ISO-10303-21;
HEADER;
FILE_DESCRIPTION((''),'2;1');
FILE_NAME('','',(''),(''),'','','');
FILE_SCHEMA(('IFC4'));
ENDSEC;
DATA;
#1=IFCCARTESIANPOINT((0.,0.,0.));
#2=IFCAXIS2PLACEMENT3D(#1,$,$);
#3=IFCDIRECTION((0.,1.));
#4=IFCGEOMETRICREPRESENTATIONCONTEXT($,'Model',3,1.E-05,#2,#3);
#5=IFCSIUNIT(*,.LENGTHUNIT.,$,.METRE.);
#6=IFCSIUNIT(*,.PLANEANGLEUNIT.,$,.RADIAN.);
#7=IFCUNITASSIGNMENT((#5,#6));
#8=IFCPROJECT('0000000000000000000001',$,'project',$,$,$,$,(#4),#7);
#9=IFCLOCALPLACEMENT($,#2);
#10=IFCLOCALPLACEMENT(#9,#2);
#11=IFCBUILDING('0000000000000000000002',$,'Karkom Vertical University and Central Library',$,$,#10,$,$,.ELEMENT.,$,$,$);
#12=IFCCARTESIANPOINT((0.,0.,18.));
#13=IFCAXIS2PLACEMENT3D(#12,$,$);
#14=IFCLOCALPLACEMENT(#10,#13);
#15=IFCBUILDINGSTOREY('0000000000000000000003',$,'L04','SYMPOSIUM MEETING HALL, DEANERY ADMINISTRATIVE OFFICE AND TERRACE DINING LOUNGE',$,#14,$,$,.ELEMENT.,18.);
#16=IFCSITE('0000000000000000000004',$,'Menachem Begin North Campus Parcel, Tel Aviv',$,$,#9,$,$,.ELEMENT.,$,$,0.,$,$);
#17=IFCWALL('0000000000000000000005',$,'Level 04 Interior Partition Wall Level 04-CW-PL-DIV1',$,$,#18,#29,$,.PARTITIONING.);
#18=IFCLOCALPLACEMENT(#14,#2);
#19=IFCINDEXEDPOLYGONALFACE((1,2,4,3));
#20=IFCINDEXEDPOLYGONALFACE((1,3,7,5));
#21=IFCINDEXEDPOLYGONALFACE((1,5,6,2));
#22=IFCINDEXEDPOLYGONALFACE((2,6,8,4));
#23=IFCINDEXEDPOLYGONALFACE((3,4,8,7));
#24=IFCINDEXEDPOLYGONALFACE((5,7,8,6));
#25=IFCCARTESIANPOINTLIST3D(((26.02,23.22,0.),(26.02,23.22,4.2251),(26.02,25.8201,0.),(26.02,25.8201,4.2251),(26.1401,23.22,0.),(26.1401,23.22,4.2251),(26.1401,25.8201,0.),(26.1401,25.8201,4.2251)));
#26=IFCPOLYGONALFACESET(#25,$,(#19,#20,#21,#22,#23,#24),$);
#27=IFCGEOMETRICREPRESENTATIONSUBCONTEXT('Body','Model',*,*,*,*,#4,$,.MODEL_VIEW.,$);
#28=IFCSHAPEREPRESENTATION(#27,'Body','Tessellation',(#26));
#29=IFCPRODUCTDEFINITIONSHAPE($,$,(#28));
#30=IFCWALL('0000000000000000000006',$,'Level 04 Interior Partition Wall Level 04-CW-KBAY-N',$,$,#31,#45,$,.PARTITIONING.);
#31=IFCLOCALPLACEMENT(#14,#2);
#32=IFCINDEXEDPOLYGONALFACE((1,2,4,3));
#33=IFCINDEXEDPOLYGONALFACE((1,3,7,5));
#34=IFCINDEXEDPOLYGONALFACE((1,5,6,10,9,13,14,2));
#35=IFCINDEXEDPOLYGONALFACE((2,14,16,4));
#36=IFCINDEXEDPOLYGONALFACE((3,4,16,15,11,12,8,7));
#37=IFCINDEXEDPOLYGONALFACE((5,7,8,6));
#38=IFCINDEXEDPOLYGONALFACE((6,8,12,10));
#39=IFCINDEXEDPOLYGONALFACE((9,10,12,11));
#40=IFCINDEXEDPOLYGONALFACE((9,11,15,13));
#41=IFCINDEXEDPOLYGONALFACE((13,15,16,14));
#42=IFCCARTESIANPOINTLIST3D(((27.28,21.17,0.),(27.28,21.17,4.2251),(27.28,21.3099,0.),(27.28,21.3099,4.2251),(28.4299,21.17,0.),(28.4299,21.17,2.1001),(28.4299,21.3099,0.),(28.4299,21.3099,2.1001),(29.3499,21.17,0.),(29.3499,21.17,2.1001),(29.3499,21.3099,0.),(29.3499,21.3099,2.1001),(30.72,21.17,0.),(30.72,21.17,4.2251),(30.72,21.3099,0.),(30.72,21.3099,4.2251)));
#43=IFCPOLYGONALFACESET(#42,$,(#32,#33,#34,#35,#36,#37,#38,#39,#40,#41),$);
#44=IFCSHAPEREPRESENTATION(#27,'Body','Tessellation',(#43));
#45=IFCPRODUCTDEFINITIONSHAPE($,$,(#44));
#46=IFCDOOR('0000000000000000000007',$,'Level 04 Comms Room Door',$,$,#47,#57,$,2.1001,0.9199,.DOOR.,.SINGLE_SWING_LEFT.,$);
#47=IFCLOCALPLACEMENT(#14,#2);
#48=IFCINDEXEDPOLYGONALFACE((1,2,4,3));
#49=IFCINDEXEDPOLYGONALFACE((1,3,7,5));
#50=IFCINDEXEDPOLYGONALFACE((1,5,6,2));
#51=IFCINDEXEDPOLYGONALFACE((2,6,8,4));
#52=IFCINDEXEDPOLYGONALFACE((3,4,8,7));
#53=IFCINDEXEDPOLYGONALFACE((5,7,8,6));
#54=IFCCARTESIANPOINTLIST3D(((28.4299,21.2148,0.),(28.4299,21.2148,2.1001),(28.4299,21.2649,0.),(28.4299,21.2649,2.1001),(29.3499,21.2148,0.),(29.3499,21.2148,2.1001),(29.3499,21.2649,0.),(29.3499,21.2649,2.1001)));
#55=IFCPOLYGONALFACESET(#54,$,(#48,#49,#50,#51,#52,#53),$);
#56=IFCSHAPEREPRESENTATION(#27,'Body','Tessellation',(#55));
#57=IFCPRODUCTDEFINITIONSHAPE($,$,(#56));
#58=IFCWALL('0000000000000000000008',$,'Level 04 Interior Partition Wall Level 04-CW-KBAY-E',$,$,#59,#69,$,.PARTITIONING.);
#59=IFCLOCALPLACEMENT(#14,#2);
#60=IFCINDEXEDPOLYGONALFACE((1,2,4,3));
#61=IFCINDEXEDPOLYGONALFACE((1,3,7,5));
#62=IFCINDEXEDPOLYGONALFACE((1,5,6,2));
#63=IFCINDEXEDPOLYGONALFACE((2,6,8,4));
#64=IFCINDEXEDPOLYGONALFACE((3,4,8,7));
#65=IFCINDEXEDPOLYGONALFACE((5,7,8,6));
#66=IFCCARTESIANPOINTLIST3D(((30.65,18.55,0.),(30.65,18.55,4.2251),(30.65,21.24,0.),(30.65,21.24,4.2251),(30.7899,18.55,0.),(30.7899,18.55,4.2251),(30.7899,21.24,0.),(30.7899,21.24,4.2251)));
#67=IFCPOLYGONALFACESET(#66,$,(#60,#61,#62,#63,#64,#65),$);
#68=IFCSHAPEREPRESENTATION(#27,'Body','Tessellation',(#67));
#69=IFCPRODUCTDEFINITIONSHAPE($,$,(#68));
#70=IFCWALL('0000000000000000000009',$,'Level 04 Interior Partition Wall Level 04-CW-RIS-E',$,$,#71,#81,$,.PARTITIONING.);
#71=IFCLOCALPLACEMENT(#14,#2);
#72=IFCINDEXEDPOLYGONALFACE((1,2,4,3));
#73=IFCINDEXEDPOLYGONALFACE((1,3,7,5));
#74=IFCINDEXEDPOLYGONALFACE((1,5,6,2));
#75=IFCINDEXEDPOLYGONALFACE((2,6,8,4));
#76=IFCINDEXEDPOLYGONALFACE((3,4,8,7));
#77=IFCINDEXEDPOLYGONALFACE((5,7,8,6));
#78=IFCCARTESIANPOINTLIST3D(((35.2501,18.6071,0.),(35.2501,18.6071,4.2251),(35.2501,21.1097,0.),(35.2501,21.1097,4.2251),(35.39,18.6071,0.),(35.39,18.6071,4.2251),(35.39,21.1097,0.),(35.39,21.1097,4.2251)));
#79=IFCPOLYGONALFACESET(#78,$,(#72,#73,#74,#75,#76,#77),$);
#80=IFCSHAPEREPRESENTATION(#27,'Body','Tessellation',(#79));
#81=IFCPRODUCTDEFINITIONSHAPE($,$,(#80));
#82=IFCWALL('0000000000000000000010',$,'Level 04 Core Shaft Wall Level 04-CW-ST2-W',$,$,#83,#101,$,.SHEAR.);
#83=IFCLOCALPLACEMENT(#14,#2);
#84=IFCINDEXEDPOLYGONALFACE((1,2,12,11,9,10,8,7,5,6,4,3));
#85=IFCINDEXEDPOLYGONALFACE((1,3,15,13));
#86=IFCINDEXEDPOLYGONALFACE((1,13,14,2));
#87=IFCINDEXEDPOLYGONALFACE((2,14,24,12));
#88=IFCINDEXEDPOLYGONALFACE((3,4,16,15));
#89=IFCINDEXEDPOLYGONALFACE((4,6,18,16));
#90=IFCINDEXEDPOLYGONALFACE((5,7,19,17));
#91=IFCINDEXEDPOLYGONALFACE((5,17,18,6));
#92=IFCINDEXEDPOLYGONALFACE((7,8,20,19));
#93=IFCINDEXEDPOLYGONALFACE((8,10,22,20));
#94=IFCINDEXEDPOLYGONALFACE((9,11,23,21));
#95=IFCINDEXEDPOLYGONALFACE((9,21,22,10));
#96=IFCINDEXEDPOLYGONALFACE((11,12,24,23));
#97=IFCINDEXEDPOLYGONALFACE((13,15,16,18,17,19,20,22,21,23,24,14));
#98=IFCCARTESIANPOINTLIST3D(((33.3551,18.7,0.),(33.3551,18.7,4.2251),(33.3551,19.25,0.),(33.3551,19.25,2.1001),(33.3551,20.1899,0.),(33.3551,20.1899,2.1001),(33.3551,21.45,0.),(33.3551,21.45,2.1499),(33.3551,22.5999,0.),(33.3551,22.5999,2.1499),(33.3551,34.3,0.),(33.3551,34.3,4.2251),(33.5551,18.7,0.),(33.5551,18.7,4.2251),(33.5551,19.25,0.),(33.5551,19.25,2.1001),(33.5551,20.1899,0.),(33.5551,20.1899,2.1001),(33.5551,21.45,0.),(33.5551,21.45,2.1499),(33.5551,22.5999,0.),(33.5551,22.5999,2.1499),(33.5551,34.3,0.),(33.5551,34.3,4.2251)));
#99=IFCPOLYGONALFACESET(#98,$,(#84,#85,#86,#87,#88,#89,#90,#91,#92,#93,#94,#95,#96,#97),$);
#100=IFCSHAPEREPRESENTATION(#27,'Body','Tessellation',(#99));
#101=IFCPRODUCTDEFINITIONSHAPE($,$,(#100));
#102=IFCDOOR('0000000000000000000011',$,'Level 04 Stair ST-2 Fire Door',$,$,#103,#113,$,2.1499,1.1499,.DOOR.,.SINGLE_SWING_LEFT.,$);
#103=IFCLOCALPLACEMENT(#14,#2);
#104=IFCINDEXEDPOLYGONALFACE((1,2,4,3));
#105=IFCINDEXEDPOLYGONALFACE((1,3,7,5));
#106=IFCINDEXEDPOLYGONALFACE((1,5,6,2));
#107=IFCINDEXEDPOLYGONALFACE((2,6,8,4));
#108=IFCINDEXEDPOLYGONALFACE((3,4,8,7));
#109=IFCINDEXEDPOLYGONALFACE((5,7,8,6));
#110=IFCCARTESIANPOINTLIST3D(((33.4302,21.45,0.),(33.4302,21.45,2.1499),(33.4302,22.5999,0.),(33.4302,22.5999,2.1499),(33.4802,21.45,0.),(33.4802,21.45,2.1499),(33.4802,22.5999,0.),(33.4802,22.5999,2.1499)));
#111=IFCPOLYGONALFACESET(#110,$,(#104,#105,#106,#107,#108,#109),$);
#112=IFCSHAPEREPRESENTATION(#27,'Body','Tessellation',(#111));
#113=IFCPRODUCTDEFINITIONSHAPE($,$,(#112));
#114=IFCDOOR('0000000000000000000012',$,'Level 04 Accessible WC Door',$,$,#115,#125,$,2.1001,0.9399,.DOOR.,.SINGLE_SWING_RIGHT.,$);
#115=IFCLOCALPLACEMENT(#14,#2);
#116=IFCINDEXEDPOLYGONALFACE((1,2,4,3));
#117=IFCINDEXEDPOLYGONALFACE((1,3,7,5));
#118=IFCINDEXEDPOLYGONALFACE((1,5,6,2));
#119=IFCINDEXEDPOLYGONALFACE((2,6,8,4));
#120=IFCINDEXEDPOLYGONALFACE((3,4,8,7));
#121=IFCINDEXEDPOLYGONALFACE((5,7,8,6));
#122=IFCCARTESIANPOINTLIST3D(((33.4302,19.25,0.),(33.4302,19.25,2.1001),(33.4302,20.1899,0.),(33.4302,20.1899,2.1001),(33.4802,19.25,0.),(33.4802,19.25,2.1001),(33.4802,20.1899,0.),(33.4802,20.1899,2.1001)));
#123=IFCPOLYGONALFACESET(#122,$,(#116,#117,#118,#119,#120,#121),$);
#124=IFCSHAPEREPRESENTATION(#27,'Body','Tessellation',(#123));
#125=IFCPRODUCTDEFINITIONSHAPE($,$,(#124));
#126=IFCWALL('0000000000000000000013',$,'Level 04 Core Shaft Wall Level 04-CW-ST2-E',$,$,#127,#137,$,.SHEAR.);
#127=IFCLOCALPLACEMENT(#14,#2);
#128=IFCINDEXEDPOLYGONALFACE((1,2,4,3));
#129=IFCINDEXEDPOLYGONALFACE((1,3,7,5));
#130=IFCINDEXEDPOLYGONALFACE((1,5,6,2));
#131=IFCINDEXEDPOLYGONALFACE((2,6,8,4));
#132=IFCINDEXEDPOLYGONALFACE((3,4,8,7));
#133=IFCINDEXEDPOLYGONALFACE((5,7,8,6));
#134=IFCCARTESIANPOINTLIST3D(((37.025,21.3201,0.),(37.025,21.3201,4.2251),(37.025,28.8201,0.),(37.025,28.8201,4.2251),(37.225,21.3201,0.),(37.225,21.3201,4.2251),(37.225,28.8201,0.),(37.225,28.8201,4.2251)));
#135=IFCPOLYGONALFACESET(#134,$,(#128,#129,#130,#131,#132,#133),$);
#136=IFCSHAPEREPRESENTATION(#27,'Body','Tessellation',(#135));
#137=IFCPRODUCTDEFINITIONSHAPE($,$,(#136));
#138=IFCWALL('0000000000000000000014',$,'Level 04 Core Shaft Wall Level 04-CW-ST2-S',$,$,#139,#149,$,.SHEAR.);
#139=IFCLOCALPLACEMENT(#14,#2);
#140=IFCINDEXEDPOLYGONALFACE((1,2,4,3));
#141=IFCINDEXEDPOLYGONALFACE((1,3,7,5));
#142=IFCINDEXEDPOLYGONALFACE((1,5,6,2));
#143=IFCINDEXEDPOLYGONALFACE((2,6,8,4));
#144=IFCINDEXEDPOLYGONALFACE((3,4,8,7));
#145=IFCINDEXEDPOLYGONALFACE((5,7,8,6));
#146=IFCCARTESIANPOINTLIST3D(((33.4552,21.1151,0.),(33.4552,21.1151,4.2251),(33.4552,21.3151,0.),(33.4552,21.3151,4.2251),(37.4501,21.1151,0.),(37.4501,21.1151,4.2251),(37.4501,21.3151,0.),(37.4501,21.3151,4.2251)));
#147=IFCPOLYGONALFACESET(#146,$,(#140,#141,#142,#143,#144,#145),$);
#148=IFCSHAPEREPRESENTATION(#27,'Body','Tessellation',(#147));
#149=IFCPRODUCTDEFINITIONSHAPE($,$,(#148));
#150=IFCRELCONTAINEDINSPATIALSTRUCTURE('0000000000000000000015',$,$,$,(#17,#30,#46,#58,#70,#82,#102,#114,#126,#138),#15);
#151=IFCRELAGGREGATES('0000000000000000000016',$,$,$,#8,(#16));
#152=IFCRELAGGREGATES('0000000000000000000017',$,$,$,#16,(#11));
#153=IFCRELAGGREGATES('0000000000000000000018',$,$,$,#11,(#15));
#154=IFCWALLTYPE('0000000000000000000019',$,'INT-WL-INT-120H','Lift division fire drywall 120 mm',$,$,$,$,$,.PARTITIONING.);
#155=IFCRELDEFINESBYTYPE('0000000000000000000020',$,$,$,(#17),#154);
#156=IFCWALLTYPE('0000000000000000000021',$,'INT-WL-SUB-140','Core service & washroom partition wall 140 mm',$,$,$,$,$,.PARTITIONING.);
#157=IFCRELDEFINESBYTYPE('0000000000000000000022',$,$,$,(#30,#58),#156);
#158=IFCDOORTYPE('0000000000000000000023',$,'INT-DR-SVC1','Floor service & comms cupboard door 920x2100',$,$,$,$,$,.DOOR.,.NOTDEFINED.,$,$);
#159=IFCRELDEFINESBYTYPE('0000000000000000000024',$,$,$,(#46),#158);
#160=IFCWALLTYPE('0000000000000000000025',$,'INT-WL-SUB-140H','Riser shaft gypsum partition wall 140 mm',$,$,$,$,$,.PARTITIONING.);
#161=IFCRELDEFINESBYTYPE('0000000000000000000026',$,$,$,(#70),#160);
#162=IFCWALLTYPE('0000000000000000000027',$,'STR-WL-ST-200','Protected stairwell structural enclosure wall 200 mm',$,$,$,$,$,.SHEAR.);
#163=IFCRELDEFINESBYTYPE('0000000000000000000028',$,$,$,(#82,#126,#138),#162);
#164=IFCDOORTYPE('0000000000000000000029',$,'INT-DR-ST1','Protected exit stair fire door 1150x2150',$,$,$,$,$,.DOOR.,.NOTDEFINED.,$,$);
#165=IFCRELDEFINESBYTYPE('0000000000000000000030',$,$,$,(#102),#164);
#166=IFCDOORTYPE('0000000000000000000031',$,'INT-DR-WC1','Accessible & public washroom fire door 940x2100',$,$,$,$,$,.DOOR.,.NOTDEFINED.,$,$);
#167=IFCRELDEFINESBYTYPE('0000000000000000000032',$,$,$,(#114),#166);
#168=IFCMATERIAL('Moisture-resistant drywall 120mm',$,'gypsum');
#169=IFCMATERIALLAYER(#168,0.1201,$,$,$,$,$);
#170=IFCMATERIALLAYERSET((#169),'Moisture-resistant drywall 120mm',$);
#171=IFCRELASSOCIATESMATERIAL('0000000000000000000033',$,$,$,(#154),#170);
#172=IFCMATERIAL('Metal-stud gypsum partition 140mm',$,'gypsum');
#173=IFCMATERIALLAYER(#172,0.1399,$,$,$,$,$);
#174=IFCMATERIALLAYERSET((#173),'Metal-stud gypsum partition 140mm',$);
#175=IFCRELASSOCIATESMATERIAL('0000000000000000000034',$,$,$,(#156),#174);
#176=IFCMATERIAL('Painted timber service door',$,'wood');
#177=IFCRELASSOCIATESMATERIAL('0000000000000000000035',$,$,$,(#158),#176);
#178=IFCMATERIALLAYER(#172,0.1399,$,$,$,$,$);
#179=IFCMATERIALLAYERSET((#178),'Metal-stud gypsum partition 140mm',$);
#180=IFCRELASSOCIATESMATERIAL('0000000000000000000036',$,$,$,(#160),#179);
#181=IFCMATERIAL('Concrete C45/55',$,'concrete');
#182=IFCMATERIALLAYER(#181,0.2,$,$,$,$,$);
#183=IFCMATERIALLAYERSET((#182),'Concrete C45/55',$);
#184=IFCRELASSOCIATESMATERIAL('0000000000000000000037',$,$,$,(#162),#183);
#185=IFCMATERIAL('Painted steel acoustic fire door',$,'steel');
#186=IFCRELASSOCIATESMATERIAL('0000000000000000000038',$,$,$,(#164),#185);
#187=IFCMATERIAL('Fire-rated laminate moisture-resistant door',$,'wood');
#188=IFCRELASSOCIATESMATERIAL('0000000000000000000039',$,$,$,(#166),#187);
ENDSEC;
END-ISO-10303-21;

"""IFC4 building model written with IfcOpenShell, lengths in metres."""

from ifc_helpers import new_model, si_unit, direction, frame, frame_2d, origin, origin_with_axes, place, context, subcontext, project, spatial, rectangle, extrude, source, transform, mapped, material, layer, layer_set, type_object, element, fill, save


model = new_model("IFC4")

# Units and contexts
model_context = context("Model", 3, precision=1e-05, world=origin(), true_north=direction((0.0, 1.0)))
body_context = subcontext(model_context, "Body", "Model", "MODEL_VIEW")
ifc_project = project(units=[si_unit("LENGTHUNIT", "METRE"), si_unit("PLANEANGLEUNIT", "RADIAN")], contexts=[model_context])

# Site, building, storey
site_placement = place(None, origin())
site = spatial("IfcSite", under=ifc_project, at=site_placement, Name="Menachem Begin North Campus Parcel, Tel Aviv", CompositionType="ELEMENT", RefElevation=0.0)
building_placement = place(site_placement, origin())
building = spatial("IfcBuilding", under=site, at=building_placement, Name="Karkom Vertical University and Central Library", CompositionType="ELEMENT")
storey_placement = place(building_placement, frame((0.0, 0.0, 18.0)))
storey = spatial("IfcBuildingStorey", under=building, at=storey_placement, Name="L04", Description="SYMPOSIUM MEETING HALL, DEANERY ADMINISTRATIVE OFFICE AND TERRACE DINING LOUNGE", CompositionType="ELEMENT", Elevation=18.0)

# Wall
ifc_material_1 = material(Name="Moisture-resistant drywall 120mm", Category="gypsum")
ifc_layer_1 = layer(ifc_material_1, 0.1201)
ifc_layer_set_1 = layer_set([ifc_layer_1], Name="Moisture-resistant drywall 120mm")
wall_type_1 = type_object("IfcWallType", Name="INT-WL-INT-120H", Description="Lift division fire drywall 120 mm", PredefinedType="PARTITIONING", material=ifc_layer_set_1)
wall_1_placement = place(storey_placement, frame((26.0801, 23.22, 0.0), z_axis=(0.0, 0.0, 1.0), x_axis=(0.0, 1.0, 0.0)))
element("IfcWall", 1, at=wall_1_placement, inside=storey, type_object=wall_type_1, Name="Level 04 Interior Partition Wall Level 04-CW-PL-DIV1", PredefinedType="PARTITIONING", context=body_context, shape_type="SweptSolid", body=[
    extrude(rectangle(XDim=2.6001, YDim=0.1201, at=frame_2d((1.3, 0.0))), origin(), (0.0, 0.0, 1.0), 4.2251),
])

# Wall, opening, door
ifc_material_2 = material(Name="Metal-stud gypsum partition 140mm", Category="gypsum")
ifc_layer_2 = layer(ifc_material_2, 0.1399)
ifc_layer_set_2 = layer_set([ifc_layer_2], Name="Metal-stud gypsum partition 140mm")
wall_type_2 = type_object("IfcWallType", Name="INT-WL-SUB-140", Description="Core service & washroom partition wall 140 mm", PredefinedType="PARTITIONING", material=ifc_layer_set_2)
wall_2_placement = place(storey_placement, frame((27.28, 21.24, 0.0), z_axis=(0.0, 0.0, 1.0), x_axis=(1.0, 0.0, 0.0)))
wall_2 = element("IfcWall", 2, at=wall_2_placement, inside=storey, type_object=wall_type_2, Name="Level 04 Interior Partition Wall Level 04-CW-KBAY-N", PredefinedType="PARTITIONING", context=body_context, shape_type="SweptSolid", body=[
    extrude(rectangle(XDim=3.4399, YDim=0.1399, at=frame_2d((1.72, 0.0))), origin(), (0.0, 0.0, 1.0), 4.2251),
])
opening_1_placement = place(wall_2_placement, frame((1.1499, 0.0, 0.0)))
opening_1 = element("IfcOpeningElement", 3, at=opening_1_placement, cuts=wall_2, PredefinedType="OPENING", context=body_context, shape_type="SweptSolid", body=[
    extrude(rectangle(XDim=0.9199, YDim=2.1001, at=frame_2d((0.46, 1.05))), frame((0.0, 0.0801, 0.0), z_axis=(0.0, -1.0, 0.0), x_axis=(1.0, 0.0, 0.0)), (0.0, 0.0, 1.0), 0.1599),
])
ifc_material_3 = material(Name="Painted timber service door", Category="wood")
door_type_1 = type_object("IfcDoorType", Name="INT-DR-SVC1", Description="Floor service & comms cupboard door 920x2100", OperationType="NOTDEFINED", PredefinedType="DOOR", material=ifc_material_3)
shared_shape_1 = source(origin_with_axes(), body_context, "Body", "SweptSolid", [
    extrude(rectangle(XDim=0.9199, YDim=2.1001, at=frame_2d((0.46, 1.05))), frame((0.0, 0.0249, 0.0), z_axis=(0.0, -1.0, 0.0), x_axis=(1.0, 0.0, 0.0)), (0.0, 0.0, 1.0), 0.05),
])
door_1_placement = place(opening_1_placement, origin())
door_1 = element("IfcDoor", 4, at=door_1_placement, inside=storey, type_object=door_type_1, Name="Level 04 Comms Room Door", OperationType="SINGLE_SWING_LEFT", OverallHeight=2.1001, OverallWidth=0.9199, PredefinedType="DOOR", context=body_context, shape_type="MappedRepresentation", body=[
    mapped(shared_shape_1, transform((0.0, 0.0, 0.0), scale=1.0)),
])
fill(opening_1, door_1)

# Walls
wall_3_placement = place(storey_placement, frame((30.72, 18.55, 0.0), z_axis=(0.0, 0.0, 1.0), x_axis=(0.0, 1.0, 0.0)))
element("IfcWall", 5, at=wall_3_placement, inside=storey, type_object=wall_type_2, Name="Level 04 Interior Partition Wall Level 04-CW-KBAY-E", PredefinedType="PARTITIONING", context=body_context, shape_type="SweptSolid", body=[
    extrude(rectangle(XDim=2.6899, YDim=0.1399, at=frame_2d((1.345, 0.0))), origin(), (0.0, 0.0, 1.0), 4.2251),
])
ifc_layer_3 = layer(ifc_material_2, 0.1399)
ifc_layer_set_3 = layer_set([ifc_layer_3], Name="Metal-stud gypsum partition 140mm")
wall_type_3 = type_object("IfcWallType", Name="INT-WL-SUB-140H", Description="Riser shaft gypsum partition wall 140 mm", PredefinedType="PARTITIONING", material=ifc_layer_set_3)
wall_4_placement = place(storey_placement, frame((35.3201, 18.6069, 0.0), z_axis=(0.0, 0.0, 1.0), x_axis=(0.0, 1.0, 0.0)))
element("IfcWall", 6, at=wall_4_placement, inside=storey, type_object=wall_type_3, Name="Level 04 Interior Partition Wall Level 04-CW-RIS-E", PredefinedType="PARTITIONING", context=body_context, shape_type="SweptSolid", body=[
    extrude(rectangle(XDim=2.5027, YDim=0.1399, at=frame_2d((1.2515, 0.0))), origin(), (0.0, 0.0, 1.0), 4.2251),
])

# Wall, openings, doors
ifc_material_4 = material(Name="Concrete C45/55", Category="concrete")
ifc_layer_4 = layer(ifc_material_4, 0.2)
ifc_layer_set_4 = layer_set([ifc_layer_4], Name="Concrete C45/55")
wall_type_4 = type_object("IfcWallType", Name="STR-WL-ST-200", Description="Protected stairwell structural enclosure wall 200 mm", PredefinedType="SHEAR", material=ifc_layer_set_4)
wall_5_placement = place(storey_placement, frame((33.4551, 18.7, 0.0), z_axis=(0.0, 0.0, 1.0), x_axis=(0.0, 1.0, 0.0)))
wall_5 = element("IfcWall", 7, at=wall_5_placement, inside=storey, type_object=wall_type_4, Name="Level 04 Core Shaft Wall Level 04-CW-ST2-W", PredefinedType="SHEAR", context=body_context, shape_type="SweptSolid", body=[
    extrude(rectangle(XDim=15.6001, YDim=0.2, at=frame_2d((7.8, 0.0))), origin(), (0.0, 0.0, 1.0), 4.2251),
])
opening_2_placement = place(wall_5_placement, frame((2.75, 0.0, 0.0)))
opening_2 = element("IfcOpeningElement", 8, at=opening_2_placement, cuts=wall_5, PredefinedType="OPENING", context=body_context, shape_type="SweptSolid", body=[
    extrude(rectangle(XDim=1.1499, YDim=2.1499, at=frame_2d((0.575, 1.075))), frame((0.0, 0.1099, 0.0), z_axis=(0.0, -1.0, 0.0), x_axis=(1.0, 0.0, 0.0)), (0.0, 0.0, 1.0), 0.22),
])
opening_3_placement = place(wall_5_placement, frame((0.55, 0.0, 0.0)))
opening_3 = element("IfcOpeningElement", 9, at=opening_3_placement, cuts=wall_5, PredefinedType="OPENING", context=body_context, shape_type="SweptSolid", body=[
    extrude(rectangle(XDim=0.9399, YDim=2.1001, at=frame_2d((0.47, 1.05))), frame((0.0, 0.1099, 0.0), z_axis=(0.0, -1.0, 0.0), x_axis=(1.0, 0.0, 0.0)), (0.0, 0.0, 1.0), 0.22),
])
ifc_material_5 = material(Name="Painted steel acoustic fire door", Category="steel")
door_type_2 = type_object("IfcDoorType", Name="INT-DR-ST1", Description="Protected exit stair fire door 1150x2150", OperationType="NOTDEFINED", PredefinedType="DOOR", material=ifc_material_5)
shared_shape_2 = source(origin_with_axes(), body_context, "Body", "SweptSolid", [
    extrude(rectangle(XDim=1.1499, YDim=2.1499, at=frame_2d((0.575, 1.075))), frame((0.0, 0.0249, 0.0), z_axis=(0.0, -1.0, 0.0), x_axis=(1.0, 0.0, 0.0)), (0.0, 0.0, 1.0), 0.05),
])
door_2_placement = place(opening_2_placement, origin())
door_2 = element("IfcDoor", 10, at=door_2_placement, inside=storey, type_object=door_type_2, Name="Level 04 Stair ST-2 Fire Door", OperationType="SINGLE_SWING_LEFT", OverallHeight=2.1499, OverallWidth=1.1499, PredefinedType="DOOR", context=body_context, shape_type="MappedRepresentation", body=[
    mapped(shared_shape_2, transform((0.0, 0.0, 0.0), scale=1.0)),
])
fill(opening_2, door_2)
ifc_material_6 = material(Name="Fire-rated laminate moisture-resistant door", Category="wood")
door_type_3 = type_object("IfcDoorType", Name="INT-DR-WC1", Description="Accessible & public washroom fire door 940x2100", OperationType="NOTDEFINED", PredefinedType="DOOR", material=ifc_material_6)
shared_shape_3 = source(origin_with_axes(), body_context, "Body", "SweptSolid", [
    extrude(rectangle(XDim=0.9399, YDim=2.1001, at=frame_2d((0.47, 1.05))), frame((0.0, 0.0249, 0.0), z_axis=(0.0, -1.0, 0.0), x_axis=(1.0, 0.0, 0.0)), (0.0, 0.0, 1.0), 0.05),
])
door_3_placement = place(opening_3_placement, origin())
door_3 = element("IfcDoor", 11, at=door_3_placement, inside=storey, type_object=door_type_3, Name="Level 04 Accessible WC Door", OperationType="SINGLE_SWING_RIGHT", OverallHeight=2.1001, OverallWidth=0.9399, PredefinedType="DOOR", context=body_context, shape_type="MappedRepresentation", body=[
    mapped(shared_shape_3, transform((0.0, 0.0, 0.0), scale=1.0)),
])
fill(opening_3, door_3)

# Walls
wall_6_placement = place(storey_placement, frame((37.125, 21.3201, 0.0), z_axis=(0.0, 0.0, 1.0), x_axis=(0.0, 1.0, 0.0)))
element("IfcWall", 12, at=wall_6_placement, inside=storey, type_object=wall_type_4, Name="Level 04 Core Shaft Wall Level 04-CW-ST2-E", PredefinedType="SHEAR", context=body_context, shape_type="SweptSolid", body=[
    extrude(rectangle(XDim=7.5, YDim=0.2, at=frame_2d((3.75, 0.0))), origin(), (0.0, 0.0, 1.0), 4.2251),
])
wall_7_placement = place(storey_placement, frame((33.4551, 21.2151, 0.0), z_axis=(0.0, 0.0, 1.0), x_axis=(1.0, 0.0, 0.0)))
element("IfcWall", 13, at=wall_7_placement, inside=storey, type_object=wall_type_4, Name="Level 04 Core Shaft Wall Level 04-CW-ST2-S", PredefinedType="SHEAR", context=body_context, shape_type="SweptSolid", body=[
    extrude(rectangle(XDim=3.9949, YDim=0.2, at=frame_2d((1.9976, 0.0))), origin(), (0.0, 0.0, 1.0), 4.2251),
])

save(model, "model.ifc")
